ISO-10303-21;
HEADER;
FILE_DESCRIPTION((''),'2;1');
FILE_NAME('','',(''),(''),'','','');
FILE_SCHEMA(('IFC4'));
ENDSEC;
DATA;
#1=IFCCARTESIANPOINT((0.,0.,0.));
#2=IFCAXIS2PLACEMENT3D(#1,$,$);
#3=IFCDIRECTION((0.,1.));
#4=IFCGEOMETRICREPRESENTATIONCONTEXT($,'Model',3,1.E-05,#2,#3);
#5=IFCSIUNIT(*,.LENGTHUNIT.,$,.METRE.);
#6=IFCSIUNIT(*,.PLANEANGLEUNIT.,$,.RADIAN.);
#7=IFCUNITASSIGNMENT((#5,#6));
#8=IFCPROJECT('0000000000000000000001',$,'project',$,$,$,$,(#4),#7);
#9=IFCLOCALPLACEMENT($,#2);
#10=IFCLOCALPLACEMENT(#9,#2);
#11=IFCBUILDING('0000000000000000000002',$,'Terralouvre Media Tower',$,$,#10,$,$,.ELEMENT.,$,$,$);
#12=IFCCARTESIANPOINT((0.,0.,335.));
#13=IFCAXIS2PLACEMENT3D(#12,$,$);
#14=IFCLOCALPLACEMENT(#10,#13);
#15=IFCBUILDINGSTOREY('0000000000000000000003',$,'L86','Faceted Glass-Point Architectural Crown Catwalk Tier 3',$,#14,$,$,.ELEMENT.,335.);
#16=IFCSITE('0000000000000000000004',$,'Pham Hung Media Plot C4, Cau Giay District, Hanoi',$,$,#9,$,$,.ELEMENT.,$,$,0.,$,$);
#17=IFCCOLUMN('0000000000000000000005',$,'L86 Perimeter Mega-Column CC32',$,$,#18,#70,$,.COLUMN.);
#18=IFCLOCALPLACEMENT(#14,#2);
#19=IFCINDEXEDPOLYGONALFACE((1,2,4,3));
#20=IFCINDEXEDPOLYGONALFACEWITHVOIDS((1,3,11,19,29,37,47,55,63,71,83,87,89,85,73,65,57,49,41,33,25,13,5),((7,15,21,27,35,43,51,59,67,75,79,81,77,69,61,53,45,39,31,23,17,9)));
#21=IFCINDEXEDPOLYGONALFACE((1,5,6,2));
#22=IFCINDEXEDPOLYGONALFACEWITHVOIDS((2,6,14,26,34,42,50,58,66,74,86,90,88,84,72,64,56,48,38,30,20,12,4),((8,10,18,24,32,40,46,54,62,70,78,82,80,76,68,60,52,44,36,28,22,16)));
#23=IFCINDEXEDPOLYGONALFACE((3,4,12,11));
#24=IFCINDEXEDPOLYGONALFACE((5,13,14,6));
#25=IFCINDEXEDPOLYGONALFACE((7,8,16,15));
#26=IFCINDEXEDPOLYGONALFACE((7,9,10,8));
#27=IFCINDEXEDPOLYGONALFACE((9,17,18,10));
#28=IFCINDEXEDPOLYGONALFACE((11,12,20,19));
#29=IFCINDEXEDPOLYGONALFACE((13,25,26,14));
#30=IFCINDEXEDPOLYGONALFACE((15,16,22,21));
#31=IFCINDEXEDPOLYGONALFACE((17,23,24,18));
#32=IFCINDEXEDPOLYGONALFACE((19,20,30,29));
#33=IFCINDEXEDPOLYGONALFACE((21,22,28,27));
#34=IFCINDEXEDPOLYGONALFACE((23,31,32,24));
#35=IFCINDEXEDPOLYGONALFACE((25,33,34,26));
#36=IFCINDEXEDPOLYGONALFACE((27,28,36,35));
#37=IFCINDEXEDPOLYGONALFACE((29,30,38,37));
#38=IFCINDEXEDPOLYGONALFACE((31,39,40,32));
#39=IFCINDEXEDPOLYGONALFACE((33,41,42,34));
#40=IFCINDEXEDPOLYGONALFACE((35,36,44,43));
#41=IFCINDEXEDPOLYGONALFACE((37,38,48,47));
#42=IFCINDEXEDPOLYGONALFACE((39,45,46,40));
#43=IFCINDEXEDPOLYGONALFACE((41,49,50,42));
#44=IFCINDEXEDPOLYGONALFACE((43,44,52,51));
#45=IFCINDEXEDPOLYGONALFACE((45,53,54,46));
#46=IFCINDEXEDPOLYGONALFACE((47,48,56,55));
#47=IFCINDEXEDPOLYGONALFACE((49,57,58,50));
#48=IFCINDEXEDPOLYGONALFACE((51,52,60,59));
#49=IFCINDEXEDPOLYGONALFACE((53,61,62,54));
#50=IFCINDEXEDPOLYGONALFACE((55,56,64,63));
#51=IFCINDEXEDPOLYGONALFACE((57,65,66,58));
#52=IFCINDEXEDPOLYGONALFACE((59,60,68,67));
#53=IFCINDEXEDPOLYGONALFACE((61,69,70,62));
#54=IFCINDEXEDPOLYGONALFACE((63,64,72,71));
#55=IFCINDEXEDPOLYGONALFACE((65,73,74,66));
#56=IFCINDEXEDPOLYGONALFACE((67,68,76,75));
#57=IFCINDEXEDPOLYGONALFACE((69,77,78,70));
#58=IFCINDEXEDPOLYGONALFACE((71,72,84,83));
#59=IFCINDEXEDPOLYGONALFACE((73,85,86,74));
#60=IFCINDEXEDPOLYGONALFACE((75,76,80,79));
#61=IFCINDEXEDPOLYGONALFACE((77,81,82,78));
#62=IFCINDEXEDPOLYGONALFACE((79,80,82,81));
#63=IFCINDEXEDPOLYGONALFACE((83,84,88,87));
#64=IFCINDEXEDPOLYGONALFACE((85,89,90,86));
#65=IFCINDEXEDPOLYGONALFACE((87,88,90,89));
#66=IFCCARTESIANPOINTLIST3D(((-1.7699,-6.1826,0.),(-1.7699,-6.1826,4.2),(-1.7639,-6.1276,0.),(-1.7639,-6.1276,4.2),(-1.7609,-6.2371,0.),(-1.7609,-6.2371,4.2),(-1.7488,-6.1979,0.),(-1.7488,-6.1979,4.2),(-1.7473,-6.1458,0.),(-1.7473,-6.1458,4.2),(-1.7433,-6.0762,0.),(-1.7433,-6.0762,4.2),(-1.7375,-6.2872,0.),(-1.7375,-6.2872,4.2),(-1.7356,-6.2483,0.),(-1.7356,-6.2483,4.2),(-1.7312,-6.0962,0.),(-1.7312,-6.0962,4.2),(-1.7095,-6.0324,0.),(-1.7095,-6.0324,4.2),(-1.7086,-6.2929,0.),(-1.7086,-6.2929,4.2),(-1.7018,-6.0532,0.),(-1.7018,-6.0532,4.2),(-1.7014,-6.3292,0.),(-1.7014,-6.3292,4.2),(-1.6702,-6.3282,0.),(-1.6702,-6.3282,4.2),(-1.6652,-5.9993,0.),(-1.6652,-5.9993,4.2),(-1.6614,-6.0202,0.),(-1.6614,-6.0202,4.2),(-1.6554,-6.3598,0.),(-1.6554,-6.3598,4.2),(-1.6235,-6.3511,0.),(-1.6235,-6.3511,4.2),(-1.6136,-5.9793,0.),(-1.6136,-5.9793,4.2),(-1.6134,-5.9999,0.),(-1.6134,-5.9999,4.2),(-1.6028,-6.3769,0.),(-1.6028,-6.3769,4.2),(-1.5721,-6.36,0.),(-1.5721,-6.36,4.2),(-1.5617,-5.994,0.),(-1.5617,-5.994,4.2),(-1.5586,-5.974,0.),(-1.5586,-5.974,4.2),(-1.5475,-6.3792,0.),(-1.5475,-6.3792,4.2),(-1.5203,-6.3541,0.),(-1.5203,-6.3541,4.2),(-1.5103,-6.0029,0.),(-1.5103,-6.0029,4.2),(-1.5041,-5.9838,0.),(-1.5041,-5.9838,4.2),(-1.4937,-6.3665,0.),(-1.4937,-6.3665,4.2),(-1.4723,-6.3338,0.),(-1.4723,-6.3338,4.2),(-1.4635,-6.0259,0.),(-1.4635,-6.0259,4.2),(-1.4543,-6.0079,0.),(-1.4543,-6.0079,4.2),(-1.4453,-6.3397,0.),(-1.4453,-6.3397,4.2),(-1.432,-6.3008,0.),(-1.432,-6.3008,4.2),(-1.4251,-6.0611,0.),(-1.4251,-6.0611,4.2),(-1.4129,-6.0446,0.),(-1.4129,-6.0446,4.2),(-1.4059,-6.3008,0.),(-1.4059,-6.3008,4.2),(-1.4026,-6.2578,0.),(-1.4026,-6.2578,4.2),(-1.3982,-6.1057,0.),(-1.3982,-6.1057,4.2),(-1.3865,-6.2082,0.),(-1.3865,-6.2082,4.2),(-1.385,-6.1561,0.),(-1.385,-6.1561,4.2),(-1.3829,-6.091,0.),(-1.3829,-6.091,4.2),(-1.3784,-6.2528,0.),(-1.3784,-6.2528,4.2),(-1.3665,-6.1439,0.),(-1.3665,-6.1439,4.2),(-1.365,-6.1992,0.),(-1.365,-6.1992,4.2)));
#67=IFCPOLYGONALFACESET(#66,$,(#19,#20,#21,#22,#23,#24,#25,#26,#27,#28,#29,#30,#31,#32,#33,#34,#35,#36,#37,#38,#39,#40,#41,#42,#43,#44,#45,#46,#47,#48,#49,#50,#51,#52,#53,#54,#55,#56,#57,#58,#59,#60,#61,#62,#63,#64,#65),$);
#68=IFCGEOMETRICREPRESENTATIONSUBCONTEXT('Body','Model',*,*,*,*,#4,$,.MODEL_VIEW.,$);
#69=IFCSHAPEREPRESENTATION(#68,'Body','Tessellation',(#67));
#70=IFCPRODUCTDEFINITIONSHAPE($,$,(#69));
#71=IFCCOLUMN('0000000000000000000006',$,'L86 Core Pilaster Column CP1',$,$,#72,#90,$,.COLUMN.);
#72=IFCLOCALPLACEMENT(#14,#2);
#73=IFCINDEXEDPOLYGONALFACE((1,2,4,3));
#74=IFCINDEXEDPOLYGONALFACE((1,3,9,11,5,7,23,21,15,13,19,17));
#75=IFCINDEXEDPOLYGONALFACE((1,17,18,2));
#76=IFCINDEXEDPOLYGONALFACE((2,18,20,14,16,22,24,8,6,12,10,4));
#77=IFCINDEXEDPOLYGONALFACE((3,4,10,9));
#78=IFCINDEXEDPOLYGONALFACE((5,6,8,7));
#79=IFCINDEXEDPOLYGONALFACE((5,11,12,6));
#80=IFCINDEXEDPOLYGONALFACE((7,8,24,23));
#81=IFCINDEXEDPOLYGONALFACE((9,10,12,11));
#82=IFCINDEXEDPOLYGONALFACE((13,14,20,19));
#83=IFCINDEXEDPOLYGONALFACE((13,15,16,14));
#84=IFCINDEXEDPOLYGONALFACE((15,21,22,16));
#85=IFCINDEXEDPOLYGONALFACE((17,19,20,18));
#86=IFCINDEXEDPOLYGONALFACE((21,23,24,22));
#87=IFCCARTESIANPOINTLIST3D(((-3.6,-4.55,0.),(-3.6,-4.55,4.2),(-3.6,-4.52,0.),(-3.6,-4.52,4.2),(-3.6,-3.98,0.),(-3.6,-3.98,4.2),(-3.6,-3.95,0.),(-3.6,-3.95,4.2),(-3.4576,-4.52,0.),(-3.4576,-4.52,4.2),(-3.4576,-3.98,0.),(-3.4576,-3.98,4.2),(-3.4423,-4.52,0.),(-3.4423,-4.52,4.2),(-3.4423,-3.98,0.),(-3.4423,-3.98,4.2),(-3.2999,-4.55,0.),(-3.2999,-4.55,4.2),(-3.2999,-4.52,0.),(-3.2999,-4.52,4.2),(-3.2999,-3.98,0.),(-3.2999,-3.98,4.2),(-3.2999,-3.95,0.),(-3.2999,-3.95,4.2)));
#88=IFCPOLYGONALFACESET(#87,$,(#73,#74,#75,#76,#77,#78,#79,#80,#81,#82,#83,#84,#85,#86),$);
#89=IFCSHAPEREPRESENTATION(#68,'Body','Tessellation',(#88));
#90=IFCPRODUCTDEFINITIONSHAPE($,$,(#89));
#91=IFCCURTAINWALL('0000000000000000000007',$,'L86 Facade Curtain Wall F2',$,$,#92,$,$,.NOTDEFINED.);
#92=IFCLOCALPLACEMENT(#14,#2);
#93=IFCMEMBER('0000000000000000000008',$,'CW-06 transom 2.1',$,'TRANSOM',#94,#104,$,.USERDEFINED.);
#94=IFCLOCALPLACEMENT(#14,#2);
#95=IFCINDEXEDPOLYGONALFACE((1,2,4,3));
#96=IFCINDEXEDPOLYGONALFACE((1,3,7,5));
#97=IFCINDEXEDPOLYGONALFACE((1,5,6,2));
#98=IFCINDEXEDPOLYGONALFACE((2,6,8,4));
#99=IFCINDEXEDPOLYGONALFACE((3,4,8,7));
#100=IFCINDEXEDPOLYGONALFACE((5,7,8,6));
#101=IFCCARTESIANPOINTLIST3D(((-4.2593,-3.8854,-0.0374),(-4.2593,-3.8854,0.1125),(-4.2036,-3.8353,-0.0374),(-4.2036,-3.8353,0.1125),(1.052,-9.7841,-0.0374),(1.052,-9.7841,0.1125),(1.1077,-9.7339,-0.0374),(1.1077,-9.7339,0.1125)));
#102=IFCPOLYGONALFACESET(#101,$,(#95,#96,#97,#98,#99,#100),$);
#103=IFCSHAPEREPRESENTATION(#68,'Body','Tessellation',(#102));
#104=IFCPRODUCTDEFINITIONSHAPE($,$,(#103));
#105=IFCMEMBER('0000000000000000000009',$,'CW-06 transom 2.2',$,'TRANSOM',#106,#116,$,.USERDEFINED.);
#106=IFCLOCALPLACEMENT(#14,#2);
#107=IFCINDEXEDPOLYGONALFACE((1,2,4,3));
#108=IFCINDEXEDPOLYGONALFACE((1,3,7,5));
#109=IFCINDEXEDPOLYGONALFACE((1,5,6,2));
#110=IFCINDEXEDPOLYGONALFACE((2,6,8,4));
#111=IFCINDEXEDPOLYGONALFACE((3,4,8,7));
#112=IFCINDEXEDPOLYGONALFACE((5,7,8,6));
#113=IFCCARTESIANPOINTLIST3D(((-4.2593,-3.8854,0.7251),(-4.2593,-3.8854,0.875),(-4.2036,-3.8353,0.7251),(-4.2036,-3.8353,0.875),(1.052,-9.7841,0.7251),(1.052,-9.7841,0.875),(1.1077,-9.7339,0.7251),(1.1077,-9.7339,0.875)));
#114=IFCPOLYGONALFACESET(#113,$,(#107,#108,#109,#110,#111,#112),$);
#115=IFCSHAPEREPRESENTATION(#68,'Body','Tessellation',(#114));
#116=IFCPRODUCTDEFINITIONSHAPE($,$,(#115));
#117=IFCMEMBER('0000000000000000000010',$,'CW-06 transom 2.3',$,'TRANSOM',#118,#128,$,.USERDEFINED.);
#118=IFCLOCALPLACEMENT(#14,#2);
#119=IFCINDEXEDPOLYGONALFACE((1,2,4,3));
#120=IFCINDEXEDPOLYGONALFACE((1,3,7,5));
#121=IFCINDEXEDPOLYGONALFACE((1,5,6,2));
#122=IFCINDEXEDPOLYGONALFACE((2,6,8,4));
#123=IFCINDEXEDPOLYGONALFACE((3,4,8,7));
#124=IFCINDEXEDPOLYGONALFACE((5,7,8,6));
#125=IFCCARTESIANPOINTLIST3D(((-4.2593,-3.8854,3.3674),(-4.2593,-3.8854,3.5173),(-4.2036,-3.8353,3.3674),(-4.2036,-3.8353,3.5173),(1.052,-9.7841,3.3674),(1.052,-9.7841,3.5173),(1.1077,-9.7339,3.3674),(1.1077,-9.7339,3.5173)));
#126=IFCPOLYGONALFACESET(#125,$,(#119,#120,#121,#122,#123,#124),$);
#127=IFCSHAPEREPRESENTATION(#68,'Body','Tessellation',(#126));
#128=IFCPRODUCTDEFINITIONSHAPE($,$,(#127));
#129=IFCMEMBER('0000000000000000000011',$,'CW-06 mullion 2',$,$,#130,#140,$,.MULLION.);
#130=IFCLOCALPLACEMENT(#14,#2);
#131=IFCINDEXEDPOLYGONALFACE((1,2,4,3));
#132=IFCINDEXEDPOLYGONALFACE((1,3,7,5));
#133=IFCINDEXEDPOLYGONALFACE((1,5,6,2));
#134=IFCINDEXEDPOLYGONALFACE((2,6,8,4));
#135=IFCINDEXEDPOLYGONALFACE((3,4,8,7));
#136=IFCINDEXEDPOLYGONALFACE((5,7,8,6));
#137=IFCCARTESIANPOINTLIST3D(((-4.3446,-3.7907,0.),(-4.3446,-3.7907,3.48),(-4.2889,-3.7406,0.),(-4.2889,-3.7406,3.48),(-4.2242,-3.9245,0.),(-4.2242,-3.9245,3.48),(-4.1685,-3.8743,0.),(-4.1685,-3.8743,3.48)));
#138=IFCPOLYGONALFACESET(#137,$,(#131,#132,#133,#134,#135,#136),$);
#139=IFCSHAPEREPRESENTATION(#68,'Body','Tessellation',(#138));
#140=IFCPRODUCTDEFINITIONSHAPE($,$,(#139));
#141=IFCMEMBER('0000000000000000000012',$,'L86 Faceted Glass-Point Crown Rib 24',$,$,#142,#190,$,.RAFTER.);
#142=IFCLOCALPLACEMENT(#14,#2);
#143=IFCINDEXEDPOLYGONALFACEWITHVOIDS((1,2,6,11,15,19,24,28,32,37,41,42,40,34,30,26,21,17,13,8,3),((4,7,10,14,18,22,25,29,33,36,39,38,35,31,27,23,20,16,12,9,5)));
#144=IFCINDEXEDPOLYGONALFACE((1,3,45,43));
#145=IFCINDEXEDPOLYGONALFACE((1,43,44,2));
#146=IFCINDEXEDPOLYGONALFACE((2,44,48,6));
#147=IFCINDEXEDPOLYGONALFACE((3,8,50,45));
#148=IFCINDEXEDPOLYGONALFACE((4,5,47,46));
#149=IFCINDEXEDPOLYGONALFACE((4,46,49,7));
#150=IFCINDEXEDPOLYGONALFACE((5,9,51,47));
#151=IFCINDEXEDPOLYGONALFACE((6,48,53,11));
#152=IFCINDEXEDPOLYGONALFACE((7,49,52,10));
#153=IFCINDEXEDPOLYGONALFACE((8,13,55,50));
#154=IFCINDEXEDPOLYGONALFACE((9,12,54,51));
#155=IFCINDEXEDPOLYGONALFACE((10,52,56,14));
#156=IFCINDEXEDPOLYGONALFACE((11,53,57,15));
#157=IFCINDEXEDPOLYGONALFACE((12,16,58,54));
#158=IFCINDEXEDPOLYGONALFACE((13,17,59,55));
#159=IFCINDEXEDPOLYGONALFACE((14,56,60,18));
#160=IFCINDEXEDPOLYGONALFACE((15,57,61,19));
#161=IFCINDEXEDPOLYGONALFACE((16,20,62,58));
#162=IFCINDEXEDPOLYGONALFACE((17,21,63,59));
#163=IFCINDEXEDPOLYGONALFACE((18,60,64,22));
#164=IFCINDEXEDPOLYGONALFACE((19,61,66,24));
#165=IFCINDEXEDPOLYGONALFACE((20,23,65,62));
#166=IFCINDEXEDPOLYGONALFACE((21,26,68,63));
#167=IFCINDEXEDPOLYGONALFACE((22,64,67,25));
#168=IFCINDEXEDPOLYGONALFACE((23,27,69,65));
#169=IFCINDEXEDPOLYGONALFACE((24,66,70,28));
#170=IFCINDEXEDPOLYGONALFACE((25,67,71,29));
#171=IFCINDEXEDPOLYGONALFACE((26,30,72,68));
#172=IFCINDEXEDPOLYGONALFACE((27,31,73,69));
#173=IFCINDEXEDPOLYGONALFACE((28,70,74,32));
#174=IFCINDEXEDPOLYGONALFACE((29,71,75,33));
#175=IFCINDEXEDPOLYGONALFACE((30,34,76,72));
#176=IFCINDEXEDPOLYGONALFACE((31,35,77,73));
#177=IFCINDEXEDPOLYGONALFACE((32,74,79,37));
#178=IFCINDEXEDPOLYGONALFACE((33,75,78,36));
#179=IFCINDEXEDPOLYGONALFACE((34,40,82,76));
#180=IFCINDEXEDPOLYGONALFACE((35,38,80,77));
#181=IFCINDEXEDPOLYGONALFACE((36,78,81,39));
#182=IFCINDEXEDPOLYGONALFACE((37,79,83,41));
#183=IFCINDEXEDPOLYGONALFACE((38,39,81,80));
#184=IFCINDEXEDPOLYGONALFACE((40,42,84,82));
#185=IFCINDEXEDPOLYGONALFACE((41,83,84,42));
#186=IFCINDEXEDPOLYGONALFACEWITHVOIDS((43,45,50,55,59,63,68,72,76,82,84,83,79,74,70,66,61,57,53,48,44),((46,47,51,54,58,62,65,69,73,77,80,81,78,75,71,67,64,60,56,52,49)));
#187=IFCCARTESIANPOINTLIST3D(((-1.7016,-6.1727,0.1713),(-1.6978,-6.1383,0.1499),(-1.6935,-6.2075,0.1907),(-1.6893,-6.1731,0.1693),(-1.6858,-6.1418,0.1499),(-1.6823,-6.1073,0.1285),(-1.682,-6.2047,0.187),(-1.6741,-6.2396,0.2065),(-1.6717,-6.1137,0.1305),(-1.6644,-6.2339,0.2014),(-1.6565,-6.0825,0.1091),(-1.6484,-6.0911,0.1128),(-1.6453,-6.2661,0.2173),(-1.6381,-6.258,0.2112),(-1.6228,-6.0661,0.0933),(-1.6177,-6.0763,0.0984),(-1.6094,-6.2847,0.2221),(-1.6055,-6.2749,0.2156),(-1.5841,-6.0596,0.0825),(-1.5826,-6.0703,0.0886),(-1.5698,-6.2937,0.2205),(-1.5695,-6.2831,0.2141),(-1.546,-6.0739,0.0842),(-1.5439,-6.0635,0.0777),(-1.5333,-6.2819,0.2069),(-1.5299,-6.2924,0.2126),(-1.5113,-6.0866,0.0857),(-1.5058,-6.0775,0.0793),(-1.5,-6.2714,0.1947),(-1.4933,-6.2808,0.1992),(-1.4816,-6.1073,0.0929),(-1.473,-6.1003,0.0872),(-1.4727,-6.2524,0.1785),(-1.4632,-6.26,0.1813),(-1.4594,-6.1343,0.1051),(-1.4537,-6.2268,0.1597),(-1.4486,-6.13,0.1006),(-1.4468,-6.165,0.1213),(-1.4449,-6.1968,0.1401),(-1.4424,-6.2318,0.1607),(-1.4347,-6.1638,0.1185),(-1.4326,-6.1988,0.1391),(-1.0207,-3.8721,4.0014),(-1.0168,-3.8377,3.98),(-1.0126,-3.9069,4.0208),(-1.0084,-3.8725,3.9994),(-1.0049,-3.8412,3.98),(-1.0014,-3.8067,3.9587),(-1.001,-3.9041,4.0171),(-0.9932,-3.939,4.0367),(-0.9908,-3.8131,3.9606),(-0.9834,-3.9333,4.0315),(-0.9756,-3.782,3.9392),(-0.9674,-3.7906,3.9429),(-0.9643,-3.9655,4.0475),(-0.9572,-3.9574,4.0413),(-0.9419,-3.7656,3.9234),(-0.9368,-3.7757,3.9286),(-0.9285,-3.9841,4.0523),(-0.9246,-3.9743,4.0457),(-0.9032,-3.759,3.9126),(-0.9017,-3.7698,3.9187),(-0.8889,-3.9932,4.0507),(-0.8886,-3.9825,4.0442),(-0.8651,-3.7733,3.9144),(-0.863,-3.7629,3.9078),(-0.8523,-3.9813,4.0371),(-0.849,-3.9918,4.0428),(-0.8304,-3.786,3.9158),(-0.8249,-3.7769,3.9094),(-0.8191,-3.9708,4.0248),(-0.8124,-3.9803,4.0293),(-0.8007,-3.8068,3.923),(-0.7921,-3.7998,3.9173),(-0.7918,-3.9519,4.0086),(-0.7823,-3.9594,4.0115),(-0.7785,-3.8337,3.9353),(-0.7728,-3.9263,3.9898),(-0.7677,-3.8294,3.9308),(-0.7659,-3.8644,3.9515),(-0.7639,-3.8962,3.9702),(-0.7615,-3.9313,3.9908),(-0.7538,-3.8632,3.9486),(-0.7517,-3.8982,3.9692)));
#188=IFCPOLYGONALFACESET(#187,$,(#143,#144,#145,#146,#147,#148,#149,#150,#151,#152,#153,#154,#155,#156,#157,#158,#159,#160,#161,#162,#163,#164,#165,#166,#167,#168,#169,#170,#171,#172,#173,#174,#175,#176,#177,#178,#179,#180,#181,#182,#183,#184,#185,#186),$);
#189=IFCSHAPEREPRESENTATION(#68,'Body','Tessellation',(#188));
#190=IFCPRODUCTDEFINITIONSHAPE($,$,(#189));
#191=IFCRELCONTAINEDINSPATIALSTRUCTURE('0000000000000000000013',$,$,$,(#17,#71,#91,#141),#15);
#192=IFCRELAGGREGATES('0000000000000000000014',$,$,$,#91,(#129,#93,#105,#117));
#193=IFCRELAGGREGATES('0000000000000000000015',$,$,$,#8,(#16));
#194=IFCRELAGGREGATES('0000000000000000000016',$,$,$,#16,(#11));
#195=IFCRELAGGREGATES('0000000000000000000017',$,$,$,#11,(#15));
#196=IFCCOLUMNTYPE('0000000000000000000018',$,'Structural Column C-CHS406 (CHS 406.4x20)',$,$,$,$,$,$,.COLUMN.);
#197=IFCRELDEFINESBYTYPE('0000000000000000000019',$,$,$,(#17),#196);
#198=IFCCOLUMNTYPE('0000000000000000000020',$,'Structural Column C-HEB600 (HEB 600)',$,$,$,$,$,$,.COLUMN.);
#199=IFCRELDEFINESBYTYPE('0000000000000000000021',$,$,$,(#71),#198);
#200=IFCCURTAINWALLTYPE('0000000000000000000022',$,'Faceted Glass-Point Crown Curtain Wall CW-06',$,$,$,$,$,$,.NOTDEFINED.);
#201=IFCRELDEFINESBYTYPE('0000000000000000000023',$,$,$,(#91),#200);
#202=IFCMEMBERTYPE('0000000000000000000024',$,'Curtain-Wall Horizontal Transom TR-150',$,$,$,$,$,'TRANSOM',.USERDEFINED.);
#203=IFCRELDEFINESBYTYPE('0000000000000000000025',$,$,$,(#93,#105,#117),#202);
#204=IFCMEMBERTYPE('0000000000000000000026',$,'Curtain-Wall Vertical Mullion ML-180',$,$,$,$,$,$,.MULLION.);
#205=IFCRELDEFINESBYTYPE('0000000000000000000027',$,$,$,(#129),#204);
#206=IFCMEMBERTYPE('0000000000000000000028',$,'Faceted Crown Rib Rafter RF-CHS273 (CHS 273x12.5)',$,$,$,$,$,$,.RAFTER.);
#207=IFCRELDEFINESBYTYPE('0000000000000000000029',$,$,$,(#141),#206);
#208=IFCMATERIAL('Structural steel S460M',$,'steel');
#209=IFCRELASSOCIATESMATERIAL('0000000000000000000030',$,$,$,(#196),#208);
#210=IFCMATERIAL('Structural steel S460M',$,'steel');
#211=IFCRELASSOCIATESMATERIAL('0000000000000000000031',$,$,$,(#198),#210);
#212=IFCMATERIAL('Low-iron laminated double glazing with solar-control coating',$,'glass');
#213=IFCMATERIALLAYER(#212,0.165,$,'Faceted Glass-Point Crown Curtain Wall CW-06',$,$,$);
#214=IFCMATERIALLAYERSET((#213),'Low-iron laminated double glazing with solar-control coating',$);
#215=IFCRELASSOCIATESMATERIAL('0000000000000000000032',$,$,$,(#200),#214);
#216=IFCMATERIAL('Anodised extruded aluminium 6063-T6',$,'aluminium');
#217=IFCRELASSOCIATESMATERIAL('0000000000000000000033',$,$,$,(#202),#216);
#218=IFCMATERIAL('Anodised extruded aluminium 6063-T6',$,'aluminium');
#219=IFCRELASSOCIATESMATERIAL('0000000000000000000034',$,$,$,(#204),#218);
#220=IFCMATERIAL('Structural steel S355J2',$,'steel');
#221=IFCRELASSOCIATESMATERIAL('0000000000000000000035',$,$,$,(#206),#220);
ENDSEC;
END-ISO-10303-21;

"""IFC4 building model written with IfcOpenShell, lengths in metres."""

from ifc_helpers import new_model, si_unit, direction, frame, origin, origin_2d, place, context, subcontext, project, spatial, rectangle, hollow_circle, i_section, extrude, material, layer, layer_set, material_profile, profile_set, type_object, element, aggregate, save


model = new_model("IFC4")

# Units and contexts
model_context = context("Model", 3, precision=1e-05, world=origin(), true_north=direction((0.0, 1.0)))
body_context = subcontext(model_context, "Body", "Model", "MODEL_VIEW")
ifc_project = project(units=[si_unit("LENGTHUNIT", "METRE"), si_unit("PLANEANGLEUNIT", "RADIAN")], contexts=[model_context])

# Site, building, storey
site_placement = place(None, origin())
site = spatial("IfcSite", under=ifc_project, at=site_placement, Name="Pham Hung Media Plot C4, Cau Giay District, Hanoi", CompositionType="ELEMENT", RefElevation=0.0)
building_placement = place(site_placement, origin())
building = spatial("IfcBuilding", under=site, at=building_placement, Name="Terralouvre Media Tower", CompositionType="ELEMENT")
storey_placement = place(building_placement, frame((0.0, 0.0, 335.0)))
storey = spatial("IfcBuildingStorey", under=building, at=storey_placement, Name="L86", Description="Faceted Glass-Point Architectural Crown Catwalk Tier 3", CompositionType="ELEMENT", Elevation=335.0)

# Columns
ifc_material_1 = material(Name="Structural steel S460M", Category="steel")
ifc_material_profile_1 = material_profile(ifc_material_1, hollow_circle(Radius=0.2031, WallThickness=0.02, at=origin_2d()), Name="CHS 406.4x20")
ifc_profile_set_1 = profile_set([ifc_material_profile_1], Name="Structural steel S460M")
column_type_1 = type_object("IfcColumnType", Name="Structural Column C-CHS406 (CHS 406.4x20)", PredefinedType="COLUMN", material=ifc_profile_set_1)
column_1_placement = place(storey_placement, frame((-1.5669, -6.177, 0.0), z_axis=(0.0, 0.0, 1.0), x_axis=(0.309017, 0.951057, 0.0)))
element("IfcColumn", 1, at=column_1_placement, inside=storey, type_object=column_type_1, Name="L86 Perimeter Mega-Column CC32", PredefinedType="COLUMN", context=body_context, shape_type="SweptSolid", body=[
    extrude(hollow_circle(Radius=0.2031, WallThickness=0.02, at=origin_2d()), origin(), (0.0, 0.0, 1.0), 4.2),
])
ifc_material_2 = material(Name="Structural steel S460M", Category="steel")
ifc_material_profile_2 = material_profile(ifc_material_2, i_section(OverallWidth=0.3, OverallDepth=0.6001, WebThickness=0.0154, FlangeThickness=0.03, at=origin_2d()), Name="HEB 600")
ifc_profile_set_2 = profile_set([ifc_material_profile_2], Name="Structural steel S460M")
column_type_2 = type_object("IfcColumnType", Name="Structural Column C-HEB600 (HEB 600)", PredefinedType="COLUMN", material=ifc_profile_set_2)
column_2_placement = place(storey_placement, frame((-3.45, -4.25, 0.0), z_axis=(0.0, 0.0, 1.0), x_axis=(1.0, 0.0, 0.0)))
element("IfcColumn", 2, at=column_2_placement, inside=storey, type_object=column_type_2, Name="L86 Core Pilaster Column CP1", PredefinedType="COLUMN", context=body_context, shape_type="SweptSolid", body=[
    extrude(i_section(OverallWidth=0.3, OverallDepth=0.6001, WebThickness=0.0154, FlangeThickness=0.03, at=origin_2d()), origin(), (0.0, 0.0, 1.0), 4.2),
])

# Curtain wall, members
ifc_material_3 = material(Name="Low-iron laminated double glazing with solar-control coating", Category="glass")
ifc_layer_1 = layer(ifc_material_3, 0.165, Name="Faceted Glass-Point Crown Curtain Wall CW-06")
ifc_layer_set_1 = layer_set([ifc_layer_1], Name="Low-iron laminated double glazing with solar-control coating")
curtain_wall_type = type_object("IfcCurtainWallType", Name="Faceted Glass-Point Crown Curtain Wall CW-06", PredefinedType="NOTDEFINED", material=ifc_layer_set_1)
curtain_wall_placement = place(storey_placement, origin())
curtain_wall = element("IfcCurtainWall", 3, at=curtain_wall_placement, inside=storey, type_object=curtain_wall_type, Name="L86 Facade Curtain Wall F2", PredefinedType="NOTDEFINED")
ifc_material_4 = material(Name="Anodised extruded aluminium 6063-T6", Category="aluminium")
ifc_material_profile_3 = material_profile(ifc_material_4, rectangle(XDim=0.075, YDim=0.1499, at=origin_2d()), Name="ALU 75x150")
ifc_profile_set_3 = profile_set([ifc_material_profile_3], Name="Anodised extruded aluminium 6063-T6")
member_type_1 = type_object("IfcMemberType", Name="Curtain-Wall Horizontal Transom TR-150", ElementType="TRANSOM", PredefinedType="USERDEFINED", material=ifc_profile_set_3)
member_1_placement = place(storey_placement, frame((-4.2314, -3.8604, 0.0376), z_axis=(0.669136, -0.74314, 0.0), x_axis=(0.74314, 0.669136, 0.0)))
member_1 = element("IfcMember", 4, at=member_1_placement, type_object=member_type_1, Name="CW-06 transom 2.1", ObjectType="TRANSOM", PredefinedType="USERDEFINED", context=body_context, shape_type="SweptSolid", body=[
    extrude(rectangle(XDim=0.075, YDim=0.1499, at=origin_2d()), origin(), (0.0, 0.0, 1.0), 7.9375),
])
member_2_placement = place(storey_placement, frame((-4.2314, -3.8604, 0.8), z_axis=(0.669136, -0.74314, 0.0), x_axis=(0.74314, 0.669136, 0.0)))
member_2 = element("IfcMember", 5, at=member_2_placement, type_object=member_type_1, Name="CW-06 transom 2.2", ObjectType="TRANSOM", PredefinedType="USERDEFINED", context=body_context, shape_type="SweptSolid", body=[
    extrude(rectangle(XDim=0.075, YDim=0.1499, at=origin_2d()), origin(), (0.0, 0.0, 1.0), 7.9375),
])
member_3_placement = place(storey_placement, frame((-4.2314, -3.8604, 3.4424), z_axis=(0.669136, -0.74314, 0.0), x_axis=(0.74314, 0.669136, 0.0)))
member_3 = element("IfcMember", 6, at=member_3_placement, type_object=member_type_1, Name="CW-06 transom 2.3", ObjectType="TRANSOM", PredefinedType="USERDEFINED", context=body_context, shape_type="SweptSolid", body=[
    extrude(rectangle(XDim=0.075, YDim=0.1499, at=origin_2d()), origin(), (0.0, 0.0, 1.0), 7.9375),
])
ifc_material_5 = material(Name="Anodised extruded aluminium 6063-T6", Category="aluminium")
ifc_material_profile_4 = material_profile(ifc_material_5, rectangle(XDim=0.075, YDim=0.1799, at=origin_2d()), Name="ALU 75x180")
ifc_profile_set_4 = profile_set([ifc_material_profile_4], Name="Anodised extruded aluminium 6063-T6")
member_type_2 = type_object("IfcMemberType", Name="Curtain-Wall Vertical Mullion ML-180", PredefinedType="MULLION", material=ifc_profile_set_4)
member_4_placement = place(storey_placement, frame((-4.2566, -3.8325, 0.0), z_axis=(0.0, 0.0, 1.0), x_axis=(0.743145, 0.66913, 0.0)))
member_4 = element("IfcMember", 7, at=member_4_placement, type_object=member_type_2, Name="CW-06 mullion 2", PredefinedType="MULLION", context=body_context, shape_type="SweptSolid", body=[
    extrude(rectangle(XDim=0.075, YDim=0.1799, at=origin_2d()), origin(), (0.0, 0.0, 1.0), 3.48),
])

# Member
ifc_material_6 = material(Name="Structural steel S355J2", Category="steel")
ifc_material_profile_5 = material_profile(ifc_material_6, hollow_circle(Radius=0.1365, WallThickness=0.0125, at=origin_2d()), Name="CHS 273x12.5")
ifc_profile_set_5 = profile_set([ifc_material_profile_5], Name="Structural steel S355J2")
member_type_3 = type_object("IfcMemberType", Name="Faceted Crown Rib Rafter RF-CHS273 (CHS 273x12.5)", PredefinedType="RAFTER", material=ifc_profile_set_5)
member_5_placement = place(storey_placement, frame((-1.5669, -6.177, 0.1499), z_axis=(0.150661, 0.509028, 0.847462), x_axis=(-0.958881, 0.283808, 0.0)))
element("IfcMember", 8, at=member_5_placement, inside=storey, type_object=member_type_3, Name="L86 Faceted Glass-Point Crown Rib 24", PredefinedType="RAFTER", context=body_context, shape_type="SweptSolid", body=[
    extrude(hollow_circle(Radius=0.1365, WallThickness=0.0125, at=origin_2d()), origin(), (0.0, 0.0, 1.0), 4.5195),
])

aggregate(curtain_wall, [member_4, member_1, member_2, member_3])

save(model, "model.ifc")
